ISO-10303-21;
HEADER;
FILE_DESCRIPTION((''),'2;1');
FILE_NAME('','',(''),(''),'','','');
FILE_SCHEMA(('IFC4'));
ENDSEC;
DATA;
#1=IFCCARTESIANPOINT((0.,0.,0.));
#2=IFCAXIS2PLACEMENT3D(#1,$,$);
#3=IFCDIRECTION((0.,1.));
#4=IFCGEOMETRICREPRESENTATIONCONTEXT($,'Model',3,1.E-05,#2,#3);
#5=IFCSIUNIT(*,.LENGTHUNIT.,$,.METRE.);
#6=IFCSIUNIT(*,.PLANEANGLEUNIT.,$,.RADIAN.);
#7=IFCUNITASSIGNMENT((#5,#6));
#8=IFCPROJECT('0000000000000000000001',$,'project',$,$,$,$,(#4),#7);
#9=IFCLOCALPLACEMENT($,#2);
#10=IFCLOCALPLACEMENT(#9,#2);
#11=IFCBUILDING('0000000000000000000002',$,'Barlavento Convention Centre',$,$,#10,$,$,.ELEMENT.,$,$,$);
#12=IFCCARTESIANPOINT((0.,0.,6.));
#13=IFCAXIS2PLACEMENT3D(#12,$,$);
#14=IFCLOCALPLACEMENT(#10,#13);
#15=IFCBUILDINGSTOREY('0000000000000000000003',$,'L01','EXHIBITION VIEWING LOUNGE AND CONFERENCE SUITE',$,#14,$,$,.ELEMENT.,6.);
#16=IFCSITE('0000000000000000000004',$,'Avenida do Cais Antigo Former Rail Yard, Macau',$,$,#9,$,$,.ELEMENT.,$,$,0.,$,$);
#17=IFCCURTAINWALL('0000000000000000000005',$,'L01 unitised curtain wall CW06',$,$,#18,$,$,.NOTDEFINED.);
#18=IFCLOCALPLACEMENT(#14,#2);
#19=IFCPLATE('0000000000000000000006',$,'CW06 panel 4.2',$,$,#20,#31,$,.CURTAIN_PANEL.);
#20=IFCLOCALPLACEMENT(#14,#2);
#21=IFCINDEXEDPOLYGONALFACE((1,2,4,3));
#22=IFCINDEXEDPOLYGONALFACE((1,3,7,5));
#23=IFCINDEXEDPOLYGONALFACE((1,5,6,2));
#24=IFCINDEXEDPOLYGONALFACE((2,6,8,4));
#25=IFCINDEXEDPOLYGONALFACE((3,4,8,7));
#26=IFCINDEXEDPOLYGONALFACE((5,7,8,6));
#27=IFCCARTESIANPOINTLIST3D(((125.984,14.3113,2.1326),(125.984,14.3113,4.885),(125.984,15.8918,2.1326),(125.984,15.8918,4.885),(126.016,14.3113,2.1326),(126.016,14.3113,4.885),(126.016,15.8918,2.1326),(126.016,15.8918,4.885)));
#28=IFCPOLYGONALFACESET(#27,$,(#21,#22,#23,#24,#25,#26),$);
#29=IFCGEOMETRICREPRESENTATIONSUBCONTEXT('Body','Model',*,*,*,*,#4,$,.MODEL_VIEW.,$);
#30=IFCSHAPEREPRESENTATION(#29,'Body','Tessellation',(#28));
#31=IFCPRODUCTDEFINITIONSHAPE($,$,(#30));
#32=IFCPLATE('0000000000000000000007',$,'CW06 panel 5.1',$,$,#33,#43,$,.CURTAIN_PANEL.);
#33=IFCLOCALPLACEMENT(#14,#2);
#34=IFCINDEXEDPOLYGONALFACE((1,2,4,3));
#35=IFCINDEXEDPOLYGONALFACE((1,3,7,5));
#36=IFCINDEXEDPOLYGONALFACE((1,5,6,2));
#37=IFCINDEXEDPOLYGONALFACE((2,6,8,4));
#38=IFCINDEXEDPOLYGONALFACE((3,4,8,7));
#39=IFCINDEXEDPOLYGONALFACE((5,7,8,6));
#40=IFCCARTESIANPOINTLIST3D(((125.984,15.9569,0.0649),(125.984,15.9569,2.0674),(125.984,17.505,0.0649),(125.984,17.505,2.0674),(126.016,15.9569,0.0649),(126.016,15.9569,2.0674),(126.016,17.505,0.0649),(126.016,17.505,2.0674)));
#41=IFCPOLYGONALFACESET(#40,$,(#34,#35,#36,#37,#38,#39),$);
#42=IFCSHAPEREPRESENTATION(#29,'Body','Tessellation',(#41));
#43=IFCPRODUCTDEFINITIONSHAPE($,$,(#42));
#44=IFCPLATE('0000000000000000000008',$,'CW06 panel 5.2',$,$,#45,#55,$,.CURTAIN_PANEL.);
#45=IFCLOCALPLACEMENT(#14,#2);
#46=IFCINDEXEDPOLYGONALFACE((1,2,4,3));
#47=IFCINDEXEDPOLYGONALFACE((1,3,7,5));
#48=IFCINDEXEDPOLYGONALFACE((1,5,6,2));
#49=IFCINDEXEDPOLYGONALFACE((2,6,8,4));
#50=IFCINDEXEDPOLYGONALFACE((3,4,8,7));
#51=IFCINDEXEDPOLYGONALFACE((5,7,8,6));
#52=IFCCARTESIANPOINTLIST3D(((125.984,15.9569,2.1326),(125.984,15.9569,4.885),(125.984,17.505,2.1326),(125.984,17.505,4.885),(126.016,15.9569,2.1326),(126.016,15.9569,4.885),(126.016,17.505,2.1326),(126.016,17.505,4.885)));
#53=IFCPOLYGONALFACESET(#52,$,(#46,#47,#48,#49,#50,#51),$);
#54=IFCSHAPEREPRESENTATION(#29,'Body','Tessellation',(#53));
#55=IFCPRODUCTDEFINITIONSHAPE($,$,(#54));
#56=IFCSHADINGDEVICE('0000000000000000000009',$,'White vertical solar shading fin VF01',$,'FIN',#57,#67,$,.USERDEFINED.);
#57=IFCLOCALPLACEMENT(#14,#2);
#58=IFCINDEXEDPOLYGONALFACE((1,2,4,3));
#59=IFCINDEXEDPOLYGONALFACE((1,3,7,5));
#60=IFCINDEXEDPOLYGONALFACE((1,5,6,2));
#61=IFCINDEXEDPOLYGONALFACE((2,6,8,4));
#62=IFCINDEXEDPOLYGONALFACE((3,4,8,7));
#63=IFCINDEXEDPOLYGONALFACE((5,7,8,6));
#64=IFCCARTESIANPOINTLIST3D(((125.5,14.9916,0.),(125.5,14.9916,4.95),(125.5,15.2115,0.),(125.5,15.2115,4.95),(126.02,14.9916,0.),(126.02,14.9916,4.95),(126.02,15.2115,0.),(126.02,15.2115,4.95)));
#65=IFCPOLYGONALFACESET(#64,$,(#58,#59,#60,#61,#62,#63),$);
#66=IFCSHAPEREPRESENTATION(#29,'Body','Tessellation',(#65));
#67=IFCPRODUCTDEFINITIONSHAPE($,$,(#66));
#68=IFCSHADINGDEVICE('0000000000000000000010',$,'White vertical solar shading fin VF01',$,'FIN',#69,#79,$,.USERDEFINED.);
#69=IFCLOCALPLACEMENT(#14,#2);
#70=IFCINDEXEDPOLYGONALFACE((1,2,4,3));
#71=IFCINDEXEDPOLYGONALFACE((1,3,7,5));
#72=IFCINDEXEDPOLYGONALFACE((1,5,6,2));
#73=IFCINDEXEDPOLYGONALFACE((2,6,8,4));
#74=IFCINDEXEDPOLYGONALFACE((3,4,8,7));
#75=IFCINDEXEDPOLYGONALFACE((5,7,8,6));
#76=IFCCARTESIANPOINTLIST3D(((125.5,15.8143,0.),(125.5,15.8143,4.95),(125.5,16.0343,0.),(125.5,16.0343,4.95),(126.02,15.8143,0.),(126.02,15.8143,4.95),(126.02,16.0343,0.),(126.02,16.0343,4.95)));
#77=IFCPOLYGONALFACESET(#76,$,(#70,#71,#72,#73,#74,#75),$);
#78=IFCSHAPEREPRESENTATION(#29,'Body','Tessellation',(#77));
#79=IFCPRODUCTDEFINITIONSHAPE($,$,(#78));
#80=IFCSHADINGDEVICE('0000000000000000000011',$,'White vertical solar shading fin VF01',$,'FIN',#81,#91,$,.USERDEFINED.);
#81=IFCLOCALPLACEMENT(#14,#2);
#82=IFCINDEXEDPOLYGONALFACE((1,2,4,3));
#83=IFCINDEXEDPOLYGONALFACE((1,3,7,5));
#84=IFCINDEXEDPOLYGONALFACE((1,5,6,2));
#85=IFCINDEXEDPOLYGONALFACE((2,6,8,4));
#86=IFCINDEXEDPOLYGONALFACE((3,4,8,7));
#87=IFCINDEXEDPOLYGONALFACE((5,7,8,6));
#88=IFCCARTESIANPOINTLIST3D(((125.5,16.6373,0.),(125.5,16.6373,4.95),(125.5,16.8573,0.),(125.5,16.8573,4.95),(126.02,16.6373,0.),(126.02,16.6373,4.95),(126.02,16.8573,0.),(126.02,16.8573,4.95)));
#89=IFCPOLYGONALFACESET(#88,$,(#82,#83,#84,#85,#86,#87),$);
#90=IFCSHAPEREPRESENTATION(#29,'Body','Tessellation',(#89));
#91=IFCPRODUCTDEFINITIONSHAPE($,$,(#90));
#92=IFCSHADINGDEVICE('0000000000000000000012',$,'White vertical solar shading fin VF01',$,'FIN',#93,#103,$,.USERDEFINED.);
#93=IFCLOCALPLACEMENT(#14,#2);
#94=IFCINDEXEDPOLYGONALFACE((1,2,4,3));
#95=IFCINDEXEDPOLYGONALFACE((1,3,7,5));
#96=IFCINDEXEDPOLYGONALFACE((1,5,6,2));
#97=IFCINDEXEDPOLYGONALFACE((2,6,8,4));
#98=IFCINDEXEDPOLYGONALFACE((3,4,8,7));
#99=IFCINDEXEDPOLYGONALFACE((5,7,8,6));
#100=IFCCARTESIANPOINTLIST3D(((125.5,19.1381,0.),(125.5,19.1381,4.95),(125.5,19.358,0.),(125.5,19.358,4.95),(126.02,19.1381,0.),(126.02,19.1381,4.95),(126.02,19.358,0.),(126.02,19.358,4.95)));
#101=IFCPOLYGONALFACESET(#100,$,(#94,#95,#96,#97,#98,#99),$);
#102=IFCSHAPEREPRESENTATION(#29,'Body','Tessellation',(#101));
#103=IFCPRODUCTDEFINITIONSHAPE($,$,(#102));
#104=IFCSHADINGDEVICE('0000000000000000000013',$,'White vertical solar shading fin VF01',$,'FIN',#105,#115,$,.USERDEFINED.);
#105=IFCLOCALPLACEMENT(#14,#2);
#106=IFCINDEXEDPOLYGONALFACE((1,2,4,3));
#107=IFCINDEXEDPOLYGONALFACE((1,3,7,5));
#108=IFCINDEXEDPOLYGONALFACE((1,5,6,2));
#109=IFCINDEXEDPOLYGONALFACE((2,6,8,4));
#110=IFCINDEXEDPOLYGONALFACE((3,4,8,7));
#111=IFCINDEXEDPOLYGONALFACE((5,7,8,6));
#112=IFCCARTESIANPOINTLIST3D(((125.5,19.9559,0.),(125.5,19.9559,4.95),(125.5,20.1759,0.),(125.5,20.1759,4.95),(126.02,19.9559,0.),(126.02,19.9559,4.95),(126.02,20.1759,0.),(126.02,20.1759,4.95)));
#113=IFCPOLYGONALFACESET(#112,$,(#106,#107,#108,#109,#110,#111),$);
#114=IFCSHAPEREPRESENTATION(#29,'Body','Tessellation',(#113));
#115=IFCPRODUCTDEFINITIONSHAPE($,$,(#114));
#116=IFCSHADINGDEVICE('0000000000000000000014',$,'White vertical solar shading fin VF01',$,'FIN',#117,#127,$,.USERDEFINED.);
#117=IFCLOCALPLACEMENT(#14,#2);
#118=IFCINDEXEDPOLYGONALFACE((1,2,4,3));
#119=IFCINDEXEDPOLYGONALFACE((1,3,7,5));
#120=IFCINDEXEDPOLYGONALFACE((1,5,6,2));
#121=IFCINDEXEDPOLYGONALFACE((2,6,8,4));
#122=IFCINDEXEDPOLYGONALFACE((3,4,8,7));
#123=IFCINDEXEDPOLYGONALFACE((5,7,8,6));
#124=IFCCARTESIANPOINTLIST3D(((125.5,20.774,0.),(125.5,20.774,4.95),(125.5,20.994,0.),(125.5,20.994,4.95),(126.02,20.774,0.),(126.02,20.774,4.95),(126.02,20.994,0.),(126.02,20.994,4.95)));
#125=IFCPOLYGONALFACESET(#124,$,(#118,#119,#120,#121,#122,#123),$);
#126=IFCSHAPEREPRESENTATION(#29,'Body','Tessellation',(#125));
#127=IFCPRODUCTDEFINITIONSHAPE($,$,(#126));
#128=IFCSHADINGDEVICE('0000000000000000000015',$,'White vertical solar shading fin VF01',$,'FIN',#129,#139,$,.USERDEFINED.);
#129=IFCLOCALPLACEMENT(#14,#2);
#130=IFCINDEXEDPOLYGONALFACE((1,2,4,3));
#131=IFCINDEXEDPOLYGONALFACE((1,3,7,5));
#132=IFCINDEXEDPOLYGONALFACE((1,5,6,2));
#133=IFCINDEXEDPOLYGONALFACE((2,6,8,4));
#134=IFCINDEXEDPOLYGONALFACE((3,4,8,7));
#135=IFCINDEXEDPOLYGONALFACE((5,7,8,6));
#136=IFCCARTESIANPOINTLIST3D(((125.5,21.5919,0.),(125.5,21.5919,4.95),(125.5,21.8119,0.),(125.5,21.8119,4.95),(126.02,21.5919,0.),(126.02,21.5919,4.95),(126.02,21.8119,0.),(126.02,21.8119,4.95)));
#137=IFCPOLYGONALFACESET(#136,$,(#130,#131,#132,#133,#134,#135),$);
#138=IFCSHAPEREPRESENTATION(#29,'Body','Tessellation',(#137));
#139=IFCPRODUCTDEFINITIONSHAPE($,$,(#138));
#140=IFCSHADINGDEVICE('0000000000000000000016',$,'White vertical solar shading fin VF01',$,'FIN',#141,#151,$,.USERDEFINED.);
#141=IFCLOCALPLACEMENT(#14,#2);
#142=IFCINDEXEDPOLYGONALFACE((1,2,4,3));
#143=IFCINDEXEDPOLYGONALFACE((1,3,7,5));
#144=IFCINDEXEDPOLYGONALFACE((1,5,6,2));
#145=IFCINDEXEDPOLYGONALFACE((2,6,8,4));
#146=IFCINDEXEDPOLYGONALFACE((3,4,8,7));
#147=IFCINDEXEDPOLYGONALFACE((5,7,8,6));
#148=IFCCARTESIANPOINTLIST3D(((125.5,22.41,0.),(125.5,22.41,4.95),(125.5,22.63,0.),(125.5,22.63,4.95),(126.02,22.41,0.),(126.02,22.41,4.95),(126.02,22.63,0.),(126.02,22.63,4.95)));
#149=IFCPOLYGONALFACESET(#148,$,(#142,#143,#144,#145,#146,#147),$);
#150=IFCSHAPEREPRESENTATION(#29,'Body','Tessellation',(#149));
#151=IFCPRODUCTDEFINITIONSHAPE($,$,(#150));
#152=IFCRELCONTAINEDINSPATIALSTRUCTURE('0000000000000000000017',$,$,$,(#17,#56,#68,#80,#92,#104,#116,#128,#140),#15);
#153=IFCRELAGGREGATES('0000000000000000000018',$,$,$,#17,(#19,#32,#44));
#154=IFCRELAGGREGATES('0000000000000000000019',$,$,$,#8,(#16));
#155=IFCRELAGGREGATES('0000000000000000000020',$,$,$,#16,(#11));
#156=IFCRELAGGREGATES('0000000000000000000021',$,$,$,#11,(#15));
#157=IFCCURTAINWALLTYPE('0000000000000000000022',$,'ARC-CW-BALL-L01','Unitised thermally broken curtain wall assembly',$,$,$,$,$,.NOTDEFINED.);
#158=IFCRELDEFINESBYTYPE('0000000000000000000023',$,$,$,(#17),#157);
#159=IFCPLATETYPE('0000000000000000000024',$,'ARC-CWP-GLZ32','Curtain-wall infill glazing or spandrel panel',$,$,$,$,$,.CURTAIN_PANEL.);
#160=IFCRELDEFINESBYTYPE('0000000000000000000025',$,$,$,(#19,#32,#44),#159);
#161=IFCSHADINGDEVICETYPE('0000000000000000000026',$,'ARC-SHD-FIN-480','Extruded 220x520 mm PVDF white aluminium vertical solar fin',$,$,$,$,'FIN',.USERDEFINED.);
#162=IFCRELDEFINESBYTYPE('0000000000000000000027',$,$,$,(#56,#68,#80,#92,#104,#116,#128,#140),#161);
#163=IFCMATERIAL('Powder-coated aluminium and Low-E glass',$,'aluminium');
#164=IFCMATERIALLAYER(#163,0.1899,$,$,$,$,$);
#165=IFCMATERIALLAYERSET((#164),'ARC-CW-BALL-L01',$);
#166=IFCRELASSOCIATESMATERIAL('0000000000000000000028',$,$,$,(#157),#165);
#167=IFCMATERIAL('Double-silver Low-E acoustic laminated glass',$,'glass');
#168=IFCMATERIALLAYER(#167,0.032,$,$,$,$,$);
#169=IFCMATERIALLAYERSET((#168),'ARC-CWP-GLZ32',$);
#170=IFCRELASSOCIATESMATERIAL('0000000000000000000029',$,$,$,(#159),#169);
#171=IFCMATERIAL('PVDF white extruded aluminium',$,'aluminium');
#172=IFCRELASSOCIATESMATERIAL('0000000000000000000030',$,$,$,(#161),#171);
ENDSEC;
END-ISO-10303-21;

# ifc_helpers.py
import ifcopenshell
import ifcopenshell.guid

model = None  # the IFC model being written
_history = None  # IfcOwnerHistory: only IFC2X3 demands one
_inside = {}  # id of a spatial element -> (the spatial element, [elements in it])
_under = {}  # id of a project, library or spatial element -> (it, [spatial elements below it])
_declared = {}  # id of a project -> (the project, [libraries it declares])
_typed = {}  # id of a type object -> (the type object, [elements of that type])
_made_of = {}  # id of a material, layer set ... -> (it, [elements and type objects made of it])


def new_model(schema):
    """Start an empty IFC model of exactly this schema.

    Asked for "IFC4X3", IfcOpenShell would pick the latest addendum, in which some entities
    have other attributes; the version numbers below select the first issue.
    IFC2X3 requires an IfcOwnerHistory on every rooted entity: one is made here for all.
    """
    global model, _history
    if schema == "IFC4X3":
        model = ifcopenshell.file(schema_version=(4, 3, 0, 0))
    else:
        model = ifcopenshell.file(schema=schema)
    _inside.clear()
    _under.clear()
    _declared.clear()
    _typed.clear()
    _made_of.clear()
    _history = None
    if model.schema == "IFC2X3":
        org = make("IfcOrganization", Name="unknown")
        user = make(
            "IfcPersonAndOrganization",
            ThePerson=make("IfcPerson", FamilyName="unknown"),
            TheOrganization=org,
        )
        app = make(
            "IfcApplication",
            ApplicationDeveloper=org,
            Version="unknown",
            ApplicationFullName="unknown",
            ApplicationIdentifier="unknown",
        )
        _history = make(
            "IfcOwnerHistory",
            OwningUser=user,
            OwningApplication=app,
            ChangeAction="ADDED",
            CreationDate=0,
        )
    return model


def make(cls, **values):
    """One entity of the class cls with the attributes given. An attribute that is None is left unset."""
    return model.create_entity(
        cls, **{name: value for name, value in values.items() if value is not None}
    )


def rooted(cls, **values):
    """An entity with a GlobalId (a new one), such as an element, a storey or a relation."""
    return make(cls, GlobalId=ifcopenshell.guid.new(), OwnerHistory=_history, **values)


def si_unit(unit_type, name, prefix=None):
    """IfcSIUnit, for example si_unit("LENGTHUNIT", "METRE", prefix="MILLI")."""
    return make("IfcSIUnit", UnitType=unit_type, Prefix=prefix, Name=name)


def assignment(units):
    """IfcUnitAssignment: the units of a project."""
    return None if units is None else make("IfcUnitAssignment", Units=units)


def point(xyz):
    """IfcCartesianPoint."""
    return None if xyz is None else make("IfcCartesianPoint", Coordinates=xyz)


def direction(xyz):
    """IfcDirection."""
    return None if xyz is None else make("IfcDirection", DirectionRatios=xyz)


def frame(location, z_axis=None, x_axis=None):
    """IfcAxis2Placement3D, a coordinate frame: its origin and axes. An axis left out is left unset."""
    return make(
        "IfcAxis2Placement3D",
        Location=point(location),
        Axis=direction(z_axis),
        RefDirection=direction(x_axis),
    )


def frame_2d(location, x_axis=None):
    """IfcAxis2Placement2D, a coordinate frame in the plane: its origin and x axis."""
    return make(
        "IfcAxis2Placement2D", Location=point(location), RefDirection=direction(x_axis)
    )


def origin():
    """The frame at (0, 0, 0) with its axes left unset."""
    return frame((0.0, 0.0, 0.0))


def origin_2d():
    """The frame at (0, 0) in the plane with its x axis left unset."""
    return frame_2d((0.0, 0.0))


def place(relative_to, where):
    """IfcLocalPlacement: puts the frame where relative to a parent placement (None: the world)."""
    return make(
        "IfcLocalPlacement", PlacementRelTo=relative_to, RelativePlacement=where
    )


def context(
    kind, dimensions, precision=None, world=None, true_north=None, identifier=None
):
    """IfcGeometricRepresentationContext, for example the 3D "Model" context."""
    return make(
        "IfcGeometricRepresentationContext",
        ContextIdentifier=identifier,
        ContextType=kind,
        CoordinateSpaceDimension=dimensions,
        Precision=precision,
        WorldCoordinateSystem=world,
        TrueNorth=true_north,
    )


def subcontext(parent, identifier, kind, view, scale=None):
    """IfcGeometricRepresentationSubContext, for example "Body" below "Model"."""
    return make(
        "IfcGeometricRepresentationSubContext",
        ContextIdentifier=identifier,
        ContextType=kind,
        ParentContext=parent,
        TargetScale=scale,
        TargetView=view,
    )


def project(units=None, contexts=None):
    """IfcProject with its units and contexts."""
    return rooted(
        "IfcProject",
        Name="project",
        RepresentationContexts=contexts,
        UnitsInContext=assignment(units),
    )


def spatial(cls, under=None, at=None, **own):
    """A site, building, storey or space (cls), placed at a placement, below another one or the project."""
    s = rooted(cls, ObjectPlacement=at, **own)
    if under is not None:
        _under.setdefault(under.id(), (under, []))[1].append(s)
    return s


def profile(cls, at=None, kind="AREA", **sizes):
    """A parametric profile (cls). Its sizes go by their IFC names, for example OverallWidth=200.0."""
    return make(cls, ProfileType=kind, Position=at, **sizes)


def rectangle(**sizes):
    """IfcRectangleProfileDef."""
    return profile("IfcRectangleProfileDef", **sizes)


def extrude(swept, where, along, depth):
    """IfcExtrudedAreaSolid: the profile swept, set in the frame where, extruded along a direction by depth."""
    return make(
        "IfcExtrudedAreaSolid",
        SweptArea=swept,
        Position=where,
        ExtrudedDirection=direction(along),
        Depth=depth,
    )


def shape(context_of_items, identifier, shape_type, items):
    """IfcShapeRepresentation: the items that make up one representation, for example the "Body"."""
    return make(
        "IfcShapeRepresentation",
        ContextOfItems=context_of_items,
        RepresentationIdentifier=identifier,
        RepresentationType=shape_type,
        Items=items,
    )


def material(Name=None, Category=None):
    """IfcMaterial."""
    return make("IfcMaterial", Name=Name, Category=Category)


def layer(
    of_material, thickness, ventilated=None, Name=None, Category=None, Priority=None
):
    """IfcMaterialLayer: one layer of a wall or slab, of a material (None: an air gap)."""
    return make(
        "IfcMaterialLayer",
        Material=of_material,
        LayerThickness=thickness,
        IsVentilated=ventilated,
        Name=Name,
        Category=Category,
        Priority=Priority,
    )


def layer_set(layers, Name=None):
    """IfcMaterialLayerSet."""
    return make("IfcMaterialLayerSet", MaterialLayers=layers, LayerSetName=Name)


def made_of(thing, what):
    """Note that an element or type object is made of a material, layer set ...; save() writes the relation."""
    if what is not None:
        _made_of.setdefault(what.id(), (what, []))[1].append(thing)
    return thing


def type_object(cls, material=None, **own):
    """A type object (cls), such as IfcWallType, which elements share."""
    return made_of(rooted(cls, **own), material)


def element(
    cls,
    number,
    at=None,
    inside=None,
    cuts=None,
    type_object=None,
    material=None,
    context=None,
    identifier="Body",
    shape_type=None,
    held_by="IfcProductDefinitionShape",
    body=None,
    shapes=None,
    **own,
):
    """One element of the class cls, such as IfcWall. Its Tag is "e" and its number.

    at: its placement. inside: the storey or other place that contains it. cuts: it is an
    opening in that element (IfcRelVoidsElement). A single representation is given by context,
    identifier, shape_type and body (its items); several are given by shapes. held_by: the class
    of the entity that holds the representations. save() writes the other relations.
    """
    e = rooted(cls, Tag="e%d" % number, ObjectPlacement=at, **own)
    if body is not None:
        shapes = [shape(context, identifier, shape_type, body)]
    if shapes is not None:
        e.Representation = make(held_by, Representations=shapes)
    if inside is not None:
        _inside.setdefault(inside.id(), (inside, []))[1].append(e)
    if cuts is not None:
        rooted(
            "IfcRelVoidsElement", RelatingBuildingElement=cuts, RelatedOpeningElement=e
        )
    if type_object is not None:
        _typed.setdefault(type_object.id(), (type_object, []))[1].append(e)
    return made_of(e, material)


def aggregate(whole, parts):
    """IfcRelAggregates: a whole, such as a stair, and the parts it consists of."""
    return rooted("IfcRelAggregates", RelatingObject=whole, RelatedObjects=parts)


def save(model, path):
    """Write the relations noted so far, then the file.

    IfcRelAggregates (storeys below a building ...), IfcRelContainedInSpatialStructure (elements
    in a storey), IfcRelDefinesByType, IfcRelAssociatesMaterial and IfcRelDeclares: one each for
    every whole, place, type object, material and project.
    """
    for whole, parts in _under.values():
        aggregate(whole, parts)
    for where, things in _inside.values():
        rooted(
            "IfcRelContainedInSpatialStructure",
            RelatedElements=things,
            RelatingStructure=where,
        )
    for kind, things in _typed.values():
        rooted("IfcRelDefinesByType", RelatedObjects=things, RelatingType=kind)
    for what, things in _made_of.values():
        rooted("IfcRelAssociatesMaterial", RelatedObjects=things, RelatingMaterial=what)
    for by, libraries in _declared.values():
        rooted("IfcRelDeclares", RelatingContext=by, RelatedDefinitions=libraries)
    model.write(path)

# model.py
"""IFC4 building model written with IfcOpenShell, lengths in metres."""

from ifc_helpers import new_model, si_unit, direction, frame, origin, origin_2d, place, context, subcontext, project, spatial, rectangle, extrude, material, layer, layer_set, type_object, element, aggregate, save


model = new_model("IFC4")

# Units and contexts
model_context = context("Model", 3, precision=1e-05, world=origin(), true_north=direction((0.0, 1.0)))
body_context = subcontext(model_context, "Body", "Model", "MODEL_VIEW")
ifc_project = project(units=[si_unit("LENGTHUNIT", "METRE"), si_unit("PLANEANGLEUNIT", "RADIAN")], contexts=[model_context])

# Site, building, storey
site_placement = place(None, origin())
site = spatial("IfcSite", under=ifc_project, at=site_placement, Name="Avenida do Cais Antigo Former Rail Yard, Macau", CompositionType="ELEMENT", RefElevation=0.0)
building_placement = place(site_placement, origin())
building = spatial("IfcBuilding", under=site, at=building_placement, Name="Barlavento Convention Centre", CompositionType="ELEMENT")
storey_placement = place(building_placement, frame((0.0, 0.0, 6.0)))
storey = spatial("IfcBuildingStorey", under=building, at=storey_placement, Name="L01", Description="EXHIBITION VIEWING LOUNGE AND CONFERENCE SUITE", CompositionType="ELEMENT", Elevation=6.0)

# Curtain wall
ifc_material_1 = material(Name="Powder-coated aluminium and Low-E glass", Category="aluminium")
ifc_layer_1 = layer(ifc_material_1, 0.1899)
ifc_layer_set_1 = layer_set([ifc_layer_1], Name="ARC-CW-BALL-L01")
curtain_wall_type = type_object("IfcCurtainWallType", Name="ARC-CW-BALL-L01", Description="Unitised thermally broken curtain wall assembly", PredefinedType="NOTDEFINED", material=ifc_layer_set_1)
curtain_wall_1_placement = place(storey_placement, origin())
curtain_wall_1 = element("IfcCurtainWall", 1, at=curtain_wall_1_placement, inside=storey, type_object=curtain_wall_type, Name="L01 unitised curtain wall CW06", PredefinedType="NOTDEFINED")

# Plates
ifc_material_2 = material(Name="Double-silver Low-E acoustic laminated glass", Category="glass")
ifc_layer_2 = layer(ifc_material_2, 0.032)
ifc_layer_set_2 = layer_set([ifc_layer_2], Name="ARC-CWP-GLZ32")
plate_type = type_object("IfcPlateType", Name="ARC-CWP-GLZ32", Description="Curtain-wall infill glazing or spandrel panel", PredefinedType="CURTAIN_PANEL", material=ifc_layer_set_2)
plate_1_placement = place(storey_placement, frame((126.0, 15.1016, 2.1326), z_axis=(0.0, 0.0, 1.0), x_axis=(0.0, 1.0, 0.0)))
plate_1 = element("IfcPlate", 2, at=plate_1_placement, type_object=plate_type, Name="CW06 panel 4.2", PredefinedType="CURTAIN_PANEL", context=body_context, shape_type="SweptSolid", body=[
    extrude(rectangle(XDim=1.5806, YDim=0.032, at=origin_2d()), origin(), (0.0, 0.0, 1.0), 2.7524),
])
plate_2_placement = place(storey_placement, frame((126.0, 16.731, 0.0649), z_axis=(0.0, 0.0, 1.0), x_axis=(0.0, 1.0, 0.0)))
plate_2 = element("IfcPlate", 3, at=plate_2_placement, type_object=plate_type, Name="CW06 panel 5.1", PredefinedType="CURTAIN_PANEL", context=body_context, shape_type="SweptSolid", body=[
    extrude(rectangle(XDim=1.5481, YDim=0.032, at=origin_2d()), origin(), (0.0, 0.0, 1.0), 2.0024),
])
plate_3_placement = place(storey_placement, frame((126.0, 16.731, 2.1326), z_axis=(0.0, 0.0, 1.0), x_axis=(0.0, 1.0, 0.0)))
plate_3 = element("IfcPlate", 4, at=plate_3_placement, type_object=plate_type, Name="CW06 panel 5.2", PredefinedType="CURTAIN_PANEL", context=body_context, shape_type="SweptSolid", body=[
    extrude(rectangle(XDim=1.5481, YDim=0.032, at=origin_2d()), origin(), (0.0, 0.0, 1.0), 2.7524),
])
aggregate(curtain_wall_1, [plate_1, plate_2, plate_3])

# Shading devices
ifc_material_3 = material(Name="PVDF white extruded aluminium", Category="aluminium")
shading_device_type = type_object("IfcShadingDeviceType", Name="ARC-SHD-FIN-480", Description="Extruded 220x520 mm PVDF white aluminium vertical solar fin", ElementType="FIN", PredefinedType="USERDEFINED", material=ifc_material_3)
for number, where, z_axis, x_axis, name in (
    (5, (125.76, 15.1016, 0.0), (0.0, 0.0, 1.0), (0.0, 1.0, 0.0), "White vertical solar shading fin VF01"),
    (6, (125.76, 15.9243, 0.0), (0.0, 0.0, 1.0), (0.0, 1.0, 0.0), "White vertical solar shading fin VF01"),
    (7, (125.76, 16.7473, 0.0), (0.0, 0.0, 1.0), (0.0, 1.0, 0.0), "White vertical solar shading fin VF01"),
    (8, (125.76, 19.248, 0.0), (0.0, 0.0, 1.0), (0.0, 1.0, 0.0), "White vertical solar shading fin VF01"),
    (9, (125.76, 20.0659, 0.0), (0.0, 0.0, 1.0), (0.0, 1.0, 0.0), "White vertical solar shading fin VF01"),
    (10, (125.76, 20.884, 0.0), (0.0, 0.0, 1.0), (0.0, 1.0, 0.0), "White vertical solar shading fin VF01"),
    (11, (125.76, 21.7019, 0.0), (0.0, 0.0, 1.0), (0.0, 1.0, 0.0), "White vertical solar shading fin VF01"),
    (12, (125.76, 22.52, 0.0), (0.0, 0.0, 1.0), (0.0, 1.0, 0.0), "White vertical solar shading fin VF01"),
):
    element("IfcShadingDevice", number, at=place(storey_placement, frame(where, z_axis=z_axis, x_axis=x_axis)), inside=storey, type_object=shading_device_type, Name=name, ObjectType="FIN", PredefinedType="USERDEFINED", context=body_context, shape_type="SweptSolid", body=[
        extrude(rectangle(XDim=0.22, YDim=0.52, at=origin_2d()), origin(), (0.0, 0.0, 1.0), 4.95),
    ])

save(model, "model.ifc")
